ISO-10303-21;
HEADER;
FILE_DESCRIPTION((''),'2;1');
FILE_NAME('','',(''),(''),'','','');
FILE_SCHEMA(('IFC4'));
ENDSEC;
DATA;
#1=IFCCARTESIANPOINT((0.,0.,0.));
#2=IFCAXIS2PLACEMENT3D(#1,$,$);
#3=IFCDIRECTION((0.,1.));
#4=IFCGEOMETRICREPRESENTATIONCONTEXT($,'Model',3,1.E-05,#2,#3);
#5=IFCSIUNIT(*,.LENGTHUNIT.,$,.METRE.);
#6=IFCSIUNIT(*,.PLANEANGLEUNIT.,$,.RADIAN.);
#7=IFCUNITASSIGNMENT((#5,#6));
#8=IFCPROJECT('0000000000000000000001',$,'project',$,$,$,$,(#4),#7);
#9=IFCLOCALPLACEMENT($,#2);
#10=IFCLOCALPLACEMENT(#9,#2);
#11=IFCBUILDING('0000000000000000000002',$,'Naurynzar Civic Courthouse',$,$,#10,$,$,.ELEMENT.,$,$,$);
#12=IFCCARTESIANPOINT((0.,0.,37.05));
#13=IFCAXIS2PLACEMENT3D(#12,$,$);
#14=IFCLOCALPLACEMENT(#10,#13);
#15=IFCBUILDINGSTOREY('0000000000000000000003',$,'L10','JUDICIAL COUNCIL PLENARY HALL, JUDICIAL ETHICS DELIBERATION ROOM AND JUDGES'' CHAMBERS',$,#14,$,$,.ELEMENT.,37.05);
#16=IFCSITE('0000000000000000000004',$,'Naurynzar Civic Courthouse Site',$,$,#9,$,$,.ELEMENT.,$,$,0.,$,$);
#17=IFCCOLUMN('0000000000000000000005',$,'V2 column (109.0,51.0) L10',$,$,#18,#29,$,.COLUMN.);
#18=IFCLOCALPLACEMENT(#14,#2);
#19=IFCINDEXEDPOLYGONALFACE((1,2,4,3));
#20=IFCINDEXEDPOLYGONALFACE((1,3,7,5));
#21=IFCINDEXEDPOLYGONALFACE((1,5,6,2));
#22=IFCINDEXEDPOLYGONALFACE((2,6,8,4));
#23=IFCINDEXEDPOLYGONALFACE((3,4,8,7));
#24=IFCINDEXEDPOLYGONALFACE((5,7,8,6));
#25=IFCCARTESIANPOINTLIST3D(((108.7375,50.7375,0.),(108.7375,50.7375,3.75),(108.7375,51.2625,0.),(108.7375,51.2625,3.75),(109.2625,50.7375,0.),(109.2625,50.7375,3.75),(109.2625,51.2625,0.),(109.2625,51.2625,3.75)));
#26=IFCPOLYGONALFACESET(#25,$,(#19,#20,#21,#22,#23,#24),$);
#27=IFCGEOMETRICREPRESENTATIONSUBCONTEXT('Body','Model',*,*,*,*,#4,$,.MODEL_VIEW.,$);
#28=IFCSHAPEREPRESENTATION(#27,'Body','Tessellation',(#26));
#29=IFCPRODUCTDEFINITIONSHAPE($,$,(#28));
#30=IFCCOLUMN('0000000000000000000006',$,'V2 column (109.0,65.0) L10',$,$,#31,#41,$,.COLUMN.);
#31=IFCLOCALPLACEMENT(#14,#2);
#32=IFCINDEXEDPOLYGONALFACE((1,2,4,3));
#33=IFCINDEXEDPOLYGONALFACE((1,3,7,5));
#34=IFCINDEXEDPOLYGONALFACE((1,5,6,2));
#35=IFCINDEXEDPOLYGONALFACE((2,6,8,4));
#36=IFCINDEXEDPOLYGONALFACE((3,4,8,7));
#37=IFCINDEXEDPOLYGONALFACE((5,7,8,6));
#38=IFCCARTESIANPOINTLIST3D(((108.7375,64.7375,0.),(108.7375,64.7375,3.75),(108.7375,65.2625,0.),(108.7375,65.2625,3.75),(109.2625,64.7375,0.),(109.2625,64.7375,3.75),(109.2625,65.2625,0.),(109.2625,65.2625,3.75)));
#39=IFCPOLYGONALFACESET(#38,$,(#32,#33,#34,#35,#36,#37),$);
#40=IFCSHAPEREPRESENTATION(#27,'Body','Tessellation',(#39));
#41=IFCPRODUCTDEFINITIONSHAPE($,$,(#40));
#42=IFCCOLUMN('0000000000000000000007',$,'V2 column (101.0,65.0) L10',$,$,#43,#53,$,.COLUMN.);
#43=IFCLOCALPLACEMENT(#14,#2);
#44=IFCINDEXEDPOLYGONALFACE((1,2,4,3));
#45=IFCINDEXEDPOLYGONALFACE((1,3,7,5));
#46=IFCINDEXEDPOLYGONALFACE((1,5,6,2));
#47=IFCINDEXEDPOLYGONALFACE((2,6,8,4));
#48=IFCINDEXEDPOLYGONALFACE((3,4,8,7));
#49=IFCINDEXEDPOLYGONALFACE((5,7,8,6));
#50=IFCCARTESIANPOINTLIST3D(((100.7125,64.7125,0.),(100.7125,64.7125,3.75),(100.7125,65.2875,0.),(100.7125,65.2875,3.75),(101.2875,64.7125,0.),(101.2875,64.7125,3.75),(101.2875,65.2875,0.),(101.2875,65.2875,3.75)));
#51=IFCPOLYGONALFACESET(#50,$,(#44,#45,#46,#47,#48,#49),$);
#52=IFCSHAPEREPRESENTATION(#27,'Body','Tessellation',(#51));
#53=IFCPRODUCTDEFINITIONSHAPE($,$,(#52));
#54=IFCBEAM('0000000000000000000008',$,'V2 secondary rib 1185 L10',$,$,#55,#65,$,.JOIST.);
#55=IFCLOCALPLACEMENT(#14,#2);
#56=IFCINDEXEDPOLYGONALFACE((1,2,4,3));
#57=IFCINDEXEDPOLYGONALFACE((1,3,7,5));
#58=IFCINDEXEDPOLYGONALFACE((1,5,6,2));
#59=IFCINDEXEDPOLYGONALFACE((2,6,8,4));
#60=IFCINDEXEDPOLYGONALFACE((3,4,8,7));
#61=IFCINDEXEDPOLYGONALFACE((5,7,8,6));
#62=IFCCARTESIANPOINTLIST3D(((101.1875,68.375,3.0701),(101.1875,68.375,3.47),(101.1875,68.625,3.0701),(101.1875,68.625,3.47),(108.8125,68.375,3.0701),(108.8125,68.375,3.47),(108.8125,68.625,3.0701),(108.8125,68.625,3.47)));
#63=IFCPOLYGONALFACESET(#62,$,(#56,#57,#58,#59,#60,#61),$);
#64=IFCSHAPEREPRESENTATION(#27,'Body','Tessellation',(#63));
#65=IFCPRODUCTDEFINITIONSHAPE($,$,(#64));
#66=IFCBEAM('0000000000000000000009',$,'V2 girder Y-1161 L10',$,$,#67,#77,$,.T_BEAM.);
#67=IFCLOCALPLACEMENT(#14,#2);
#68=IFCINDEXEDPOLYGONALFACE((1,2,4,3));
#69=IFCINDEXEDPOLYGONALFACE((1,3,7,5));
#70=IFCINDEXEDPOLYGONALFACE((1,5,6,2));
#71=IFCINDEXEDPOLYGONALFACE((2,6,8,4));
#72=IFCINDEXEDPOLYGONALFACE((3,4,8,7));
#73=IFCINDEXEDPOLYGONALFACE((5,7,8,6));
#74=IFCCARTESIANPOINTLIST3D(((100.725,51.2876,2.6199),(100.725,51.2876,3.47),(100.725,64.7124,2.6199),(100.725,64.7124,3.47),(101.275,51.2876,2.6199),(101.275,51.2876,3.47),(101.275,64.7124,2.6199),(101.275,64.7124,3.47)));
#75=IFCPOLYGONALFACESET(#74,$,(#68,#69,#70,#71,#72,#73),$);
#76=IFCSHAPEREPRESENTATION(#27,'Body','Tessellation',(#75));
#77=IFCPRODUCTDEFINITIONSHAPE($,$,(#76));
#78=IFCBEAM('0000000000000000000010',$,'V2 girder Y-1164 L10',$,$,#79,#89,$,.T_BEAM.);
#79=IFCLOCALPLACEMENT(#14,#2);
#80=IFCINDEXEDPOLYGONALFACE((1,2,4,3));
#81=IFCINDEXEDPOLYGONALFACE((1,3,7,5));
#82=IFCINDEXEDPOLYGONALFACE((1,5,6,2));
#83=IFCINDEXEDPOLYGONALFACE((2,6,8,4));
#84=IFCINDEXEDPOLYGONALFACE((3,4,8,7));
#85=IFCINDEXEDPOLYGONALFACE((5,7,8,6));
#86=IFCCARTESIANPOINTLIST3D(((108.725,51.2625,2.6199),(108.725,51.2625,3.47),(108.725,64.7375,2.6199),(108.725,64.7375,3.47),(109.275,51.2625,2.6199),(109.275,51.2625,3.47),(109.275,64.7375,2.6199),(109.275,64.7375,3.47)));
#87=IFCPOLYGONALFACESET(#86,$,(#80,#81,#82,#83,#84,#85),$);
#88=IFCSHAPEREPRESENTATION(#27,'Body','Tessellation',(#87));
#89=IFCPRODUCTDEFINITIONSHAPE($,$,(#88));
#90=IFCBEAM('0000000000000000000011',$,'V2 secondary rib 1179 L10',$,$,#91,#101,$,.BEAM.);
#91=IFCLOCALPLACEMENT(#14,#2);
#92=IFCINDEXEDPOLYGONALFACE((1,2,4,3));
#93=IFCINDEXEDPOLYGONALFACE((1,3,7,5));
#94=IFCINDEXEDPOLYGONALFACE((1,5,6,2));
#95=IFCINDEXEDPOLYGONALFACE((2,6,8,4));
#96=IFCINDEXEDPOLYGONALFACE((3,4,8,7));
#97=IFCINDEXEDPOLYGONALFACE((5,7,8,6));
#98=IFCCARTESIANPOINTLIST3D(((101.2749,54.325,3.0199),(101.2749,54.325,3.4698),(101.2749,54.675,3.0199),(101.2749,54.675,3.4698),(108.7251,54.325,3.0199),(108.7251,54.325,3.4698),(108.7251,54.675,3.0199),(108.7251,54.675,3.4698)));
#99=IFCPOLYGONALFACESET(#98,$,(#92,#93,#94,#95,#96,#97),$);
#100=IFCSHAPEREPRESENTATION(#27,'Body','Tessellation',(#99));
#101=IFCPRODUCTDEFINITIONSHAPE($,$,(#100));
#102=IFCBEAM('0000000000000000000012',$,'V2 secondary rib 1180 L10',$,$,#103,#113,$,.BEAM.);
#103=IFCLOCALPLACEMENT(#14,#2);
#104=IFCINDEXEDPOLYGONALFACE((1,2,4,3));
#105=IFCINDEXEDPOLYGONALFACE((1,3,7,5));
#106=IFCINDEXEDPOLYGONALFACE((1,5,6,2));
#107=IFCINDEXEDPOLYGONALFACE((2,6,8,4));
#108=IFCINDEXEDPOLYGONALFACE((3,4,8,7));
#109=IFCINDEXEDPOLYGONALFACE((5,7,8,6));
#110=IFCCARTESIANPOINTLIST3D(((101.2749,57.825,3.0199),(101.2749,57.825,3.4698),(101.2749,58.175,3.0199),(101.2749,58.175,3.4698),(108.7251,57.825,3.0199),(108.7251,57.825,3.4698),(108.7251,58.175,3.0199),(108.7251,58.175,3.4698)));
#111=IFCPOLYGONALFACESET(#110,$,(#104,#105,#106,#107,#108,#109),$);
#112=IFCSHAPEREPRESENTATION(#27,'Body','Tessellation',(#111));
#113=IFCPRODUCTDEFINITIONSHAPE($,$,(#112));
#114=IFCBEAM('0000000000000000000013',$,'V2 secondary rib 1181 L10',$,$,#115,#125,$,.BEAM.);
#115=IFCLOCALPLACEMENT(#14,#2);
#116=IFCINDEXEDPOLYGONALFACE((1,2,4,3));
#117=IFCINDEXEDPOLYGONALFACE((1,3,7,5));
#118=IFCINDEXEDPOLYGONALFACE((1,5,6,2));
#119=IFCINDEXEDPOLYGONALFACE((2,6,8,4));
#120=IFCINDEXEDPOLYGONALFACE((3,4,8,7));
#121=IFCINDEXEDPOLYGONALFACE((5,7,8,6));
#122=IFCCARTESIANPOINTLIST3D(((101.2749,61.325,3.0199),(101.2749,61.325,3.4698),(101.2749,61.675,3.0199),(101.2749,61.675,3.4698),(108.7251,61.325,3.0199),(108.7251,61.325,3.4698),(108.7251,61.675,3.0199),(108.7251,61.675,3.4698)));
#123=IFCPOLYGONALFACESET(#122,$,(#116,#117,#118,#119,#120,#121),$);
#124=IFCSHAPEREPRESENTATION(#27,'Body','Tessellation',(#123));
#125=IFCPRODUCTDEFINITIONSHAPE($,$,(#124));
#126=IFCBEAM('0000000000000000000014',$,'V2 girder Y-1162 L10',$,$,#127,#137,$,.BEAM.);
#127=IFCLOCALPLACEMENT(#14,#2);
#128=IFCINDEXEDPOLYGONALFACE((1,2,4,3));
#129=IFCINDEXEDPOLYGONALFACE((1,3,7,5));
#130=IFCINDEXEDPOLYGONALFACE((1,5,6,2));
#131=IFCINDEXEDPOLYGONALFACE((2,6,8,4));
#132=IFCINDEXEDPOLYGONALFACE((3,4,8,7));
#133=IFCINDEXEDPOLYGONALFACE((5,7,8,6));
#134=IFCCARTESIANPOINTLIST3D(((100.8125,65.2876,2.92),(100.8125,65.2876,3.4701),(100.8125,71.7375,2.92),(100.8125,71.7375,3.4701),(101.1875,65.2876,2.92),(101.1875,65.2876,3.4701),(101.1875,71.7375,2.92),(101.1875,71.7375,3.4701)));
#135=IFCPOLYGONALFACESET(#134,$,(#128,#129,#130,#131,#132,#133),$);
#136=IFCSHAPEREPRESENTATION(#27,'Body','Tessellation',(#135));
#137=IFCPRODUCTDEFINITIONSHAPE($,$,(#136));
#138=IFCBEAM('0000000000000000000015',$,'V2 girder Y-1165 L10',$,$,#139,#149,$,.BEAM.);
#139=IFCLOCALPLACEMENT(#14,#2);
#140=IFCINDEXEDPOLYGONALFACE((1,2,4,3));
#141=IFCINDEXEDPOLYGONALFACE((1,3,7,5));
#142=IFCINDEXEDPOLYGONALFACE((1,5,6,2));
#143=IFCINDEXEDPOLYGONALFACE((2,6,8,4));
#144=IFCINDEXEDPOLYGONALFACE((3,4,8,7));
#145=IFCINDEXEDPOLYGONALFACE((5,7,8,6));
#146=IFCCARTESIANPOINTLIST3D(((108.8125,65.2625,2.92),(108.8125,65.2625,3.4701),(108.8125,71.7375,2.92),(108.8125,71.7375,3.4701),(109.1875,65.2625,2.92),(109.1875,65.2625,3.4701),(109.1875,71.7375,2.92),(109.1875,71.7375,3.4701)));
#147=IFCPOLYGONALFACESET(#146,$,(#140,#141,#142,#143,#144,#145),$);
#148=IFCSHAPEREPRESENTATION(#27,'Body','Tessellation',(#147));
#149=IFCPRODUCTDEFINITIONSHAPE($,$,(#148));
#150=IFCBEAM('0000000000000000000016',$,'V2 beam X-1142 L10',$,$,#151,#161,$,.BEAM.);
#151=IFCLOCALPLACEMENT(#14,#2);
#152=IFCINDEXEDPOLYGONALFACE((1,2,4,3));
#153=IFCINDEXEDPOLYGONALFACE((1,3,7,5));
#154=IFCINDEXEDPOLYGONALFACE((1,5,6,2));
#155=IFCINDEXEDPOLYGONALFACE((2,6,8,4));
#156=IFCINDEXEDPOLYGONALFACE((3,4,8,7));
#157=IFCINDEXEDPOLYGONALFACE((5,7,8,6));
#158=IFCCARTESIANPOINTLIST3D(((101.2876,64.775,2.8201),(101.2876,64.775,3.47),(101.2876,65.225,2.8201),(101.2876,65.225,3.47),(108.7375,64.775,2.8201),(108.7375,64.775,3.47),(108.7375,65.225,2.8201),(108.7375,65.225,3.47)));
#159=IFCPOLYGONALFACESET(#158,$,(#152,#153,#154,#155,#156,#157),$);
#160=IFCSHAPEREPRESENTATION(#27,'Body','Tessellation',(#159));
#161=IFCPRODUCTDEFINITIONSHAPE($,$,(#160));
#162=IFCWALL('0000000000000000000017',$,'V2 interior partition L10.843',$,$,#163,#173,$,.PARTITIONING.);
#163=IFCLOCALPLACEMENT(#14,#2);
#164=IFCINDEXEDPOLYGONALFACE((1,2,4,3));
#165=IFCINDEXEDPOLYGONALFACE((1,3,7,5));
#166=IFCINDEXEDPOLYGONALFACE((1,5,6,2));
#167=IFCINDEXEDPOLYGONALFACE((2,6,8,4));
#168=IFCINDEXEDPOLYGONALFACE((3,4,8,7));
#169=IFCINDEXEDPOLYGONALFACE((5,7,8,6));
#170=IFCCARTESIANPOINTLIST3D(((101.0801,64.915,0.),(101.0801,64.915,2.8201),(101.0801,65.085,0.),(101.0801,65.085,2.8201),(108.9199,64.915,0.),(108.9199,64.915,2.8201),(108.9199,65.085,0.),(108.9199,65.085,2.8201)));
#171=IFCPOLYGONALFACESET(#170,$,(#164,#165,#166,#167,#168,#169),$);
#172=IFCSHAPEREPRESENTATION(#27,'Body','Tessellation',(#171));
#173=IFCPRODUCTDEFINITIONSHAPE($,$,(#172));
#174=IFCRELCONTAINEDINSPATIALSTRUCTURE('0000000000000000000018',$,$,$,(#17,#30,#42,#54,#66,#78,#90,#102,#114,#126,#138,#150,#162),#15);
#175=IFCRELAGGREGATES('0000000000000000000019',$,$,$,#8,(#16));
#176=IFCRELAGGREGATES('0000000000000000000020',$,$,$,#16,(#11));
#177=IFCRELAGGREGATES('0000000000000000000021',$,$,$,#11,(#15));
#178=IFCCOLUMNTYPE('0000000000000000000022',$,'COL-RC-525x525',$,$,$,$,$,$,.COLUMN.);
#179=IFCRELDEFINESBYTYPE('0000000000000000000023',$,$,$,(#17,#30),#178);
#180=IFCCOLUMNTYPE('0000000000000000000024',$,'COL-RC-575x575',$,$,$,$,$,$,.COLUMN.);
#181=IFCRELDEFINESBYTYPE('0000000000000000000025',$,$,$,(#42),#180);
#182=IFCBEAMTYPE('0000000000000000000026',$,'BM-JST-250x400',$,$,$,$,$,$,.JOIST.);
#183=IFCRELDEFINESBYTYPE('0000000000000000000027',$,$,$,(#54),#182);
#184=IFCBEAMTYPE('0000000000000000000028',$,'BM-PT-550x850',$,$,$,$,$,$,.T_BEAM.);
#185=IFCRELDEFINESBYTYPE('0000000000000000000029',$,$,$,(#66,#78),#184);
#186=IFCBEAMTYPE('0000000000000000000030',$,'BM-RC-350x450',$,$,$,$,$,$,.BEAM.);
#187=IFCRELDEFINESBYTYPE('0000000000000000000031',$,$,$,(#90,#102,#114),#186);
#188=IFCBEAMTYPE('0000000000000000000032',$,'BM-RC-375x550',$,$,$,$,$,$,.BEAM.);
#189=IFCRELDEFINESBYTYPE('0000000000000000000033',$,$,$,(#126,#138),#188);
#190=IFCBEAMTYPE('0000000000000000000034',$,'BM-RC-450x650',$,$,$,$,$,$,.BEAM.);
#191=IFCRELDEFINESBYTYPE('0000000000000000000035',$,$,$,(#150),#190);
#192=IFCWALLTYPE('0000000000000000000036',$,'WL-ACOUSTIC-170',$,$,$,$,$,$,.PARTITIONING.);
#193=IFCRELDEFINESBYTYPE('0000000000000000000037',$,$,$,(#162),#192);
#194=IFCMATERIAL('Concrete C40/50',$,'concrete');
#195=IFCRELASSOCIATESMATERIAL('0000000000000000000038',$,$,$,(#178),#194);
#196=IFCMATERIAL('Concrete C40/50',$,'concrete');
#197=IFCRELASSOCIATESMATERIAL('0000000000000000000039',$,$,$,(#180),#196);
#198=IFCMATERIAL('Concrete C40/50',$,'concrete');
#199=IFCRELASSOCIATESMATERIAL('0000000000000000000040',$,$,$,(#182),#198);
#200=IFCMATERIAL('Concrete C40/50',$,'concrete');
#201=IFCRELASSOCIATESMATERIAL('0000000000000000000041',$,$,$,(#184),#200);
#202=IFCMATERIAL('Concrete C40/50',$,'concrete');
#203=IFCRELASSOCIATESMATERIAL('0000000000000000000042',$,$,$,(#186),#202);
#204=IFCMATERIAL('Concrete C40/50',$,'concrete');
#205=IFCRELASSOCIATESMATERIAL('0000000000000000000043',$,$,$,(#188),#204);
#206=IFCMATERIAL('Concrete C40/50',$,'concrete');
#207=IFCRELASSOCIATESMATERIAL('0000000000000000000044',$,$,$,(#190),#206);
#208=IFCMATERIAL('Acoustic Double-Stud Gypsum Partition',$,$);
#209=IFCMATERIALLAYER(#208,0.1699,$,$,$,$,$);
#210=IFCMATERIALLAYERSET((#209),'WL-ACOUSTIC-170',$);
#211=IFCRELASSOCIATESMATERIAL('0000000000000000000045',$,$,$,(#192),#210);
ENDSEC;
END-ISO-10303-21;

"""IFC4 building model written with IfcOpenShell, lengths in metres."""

from ifc_helpers import new_model, si_unit, direction, frame, frame_2d, origin, origin_2d, place, context, subcontext, project, spatial, rectangle, extrude, material, layer, layer_set, material_profile, profile_set, type_object, element, save


model = new_model("IFC4")

# Units and contexts
model_context = context("Model", 3, precision=1e-05, world=origin(), true_north=direction((0.0, 1.0)))
body_context = subcontext(model_context, "Body", "Model", "MODEL_VIEW")
ifc_project = project(units=[si_unit("LENGTHUNIT", "METRE"), si_unit("PLANEANGLEUNIT", "RADIAN")], contexts=[model_context])

# Site, building, storey
site_placement = place(None, origin())
site = spatial("IfcSite", under=ifc_project, at=site_placement, Name="Naurynzar Civic Courthouse Site", CompositionType="ELEMENT", RefElevation=0.0)
building_placement = place(site_placement, origin())
building = spatial("IfcBuilding", under=site, at=building_placement, Name="Naurynzar Civic Courthouse", CompositionType="ELEMENT")
storey_placement = place(building_placement, frame((0.0, 0.0, 37.05)))
storey = spatial("IfcBuildingStorey", under=building, at=storey_placement, Name="L10", Description="JUDICIAL COUNCIL PLENARY HALL, JUDICIAL ETHICS DELIBERATION ROOM AND JUDGES' CHAMBERS", CompositionType="ELEMENT", Elevation=37.05)

# Columns
ifc_material_1 = material(Name="Concrete C40/50", Category="concrete")
ifc_material_profile_1 = material_profile(ifc_material_1, rectangle(XDim=0.5249, YDim=0.5249, at=origin_2d()), Name="RC 525x525")
ifc_profile_set_1 = profile_set([ifc_material_profile_1], Name="Concrete C40/50")
column_type_1 = type_object("IfcColumnType", Name="COL-RC-525x525", PredefinedType="COLUMN", material=ifc_profile_set_1)
for number, where, z_axis, x_axis, name in (
    (1, (109.0, 51.0, 0.0), (0.0, 0.0, 1.0), (1.0, 0.0, 0.0), "V2 column (109.0,51.0) L10"),
    (2, (109.0, 65.0, 0.0), (0.0, 0.0, 1.0), (1.0, 0.0, 0.0), "V2 column (109.0,65.0) L10"),
):
    element("IfcColumn", number, at=place(storey_placement, frame(where, z_axis=z_axis, x_axis=x_axis)), inside=storey, type_object=column_type_1, Name=name, PredefinedType="COLUMN", context=body_context, shape_type="SweptSolid", body=[
        extrude(rectangle(XDim=0.5249, YDim=0.5249, at=origin_2d()), origin(), (0.0, 0.0, 1.0), 3.75),
    ])
ifc_material_2 = material(Name="Concrete C40/50", Category="concrete")
ifc_material_profile_2 = material_profile(ifc_material_2, rectangle(XDim=0.575, YDim=0.575, at=origin_2d()), Name="RC 575x575")
ifc_profile_set_2 = profile_set([ifc_material_profile_2], Name="Concrete C40/50")
column_type_2 = type_object("IfcColumnType", Name="COL-RC-575x575", PredefinedType="COLUMN", material=ifc_profile_set_2)
column_placement = place(storey_placement, frame((101.0, 65.0, 0.0), z_axis=(0.0, 0.0, 1.0), x_axis=(1.0, 0.0, 0.0)))
element("IfcColumn", 3, at=column_placement, inside=storey, type_object=column_type_2, Name="V2 column (101.0,65.0) L10", PredefinedType="COLUMN", context=body_context, shape_type="SweptSolid", body=[
    extrude(rectangle(XDim=0.575, YDim=0.575, at=origin_2d()), origin(), (0.0, 0.0, 1.0), 3.75),
])

# Beams
ifc_material_3 = material(Name="Concrete C40/50", Category="concrete")
ifc_material_profile_3 = material_profile(ifc_material_3, rectangle(XDim=0.25, YDim=0.3999, at=origin_2d()), Name="RCB 250x400")
ifc_profile_set_3 = profile_set([ifc_material_profile_3], Name="Concrete C40/50")
beam_type_1 = type_object("IfcBeamType", Name="BM-JST-250x400", PredefinedType="JOIST", material=ifc_profile_set_3)
beam_1_placement = place(storey_placement, frame((101.1875, 68.5, 3.27), z_axis=(1.0, 0.0, 0.0), x_axis=(0.0, 1.0, 0.0)))
element("IfcBeam", 4, at=beam_1_placement, inside=storey, type_object=beam_type_1, Name="V2 secondary rib 1185 L10", PredefinedType="JOIST", context=body_context, shape_type="SweptSolid", body=[
    extrude(rectangle(XDim=0.25, YDim=0.3999, at=origin_2d()), origin(), (0.0, 0.0, 1.0), 7.625),
])
ifc_material_4 = material(Name="Concrete C40/50", Category="concrete")
ifc_material_profile_4 = material_profile(ifc_material_4, rectangle(XDim=0.55, YDim=0.8501, at=origin_2d()), Name="PTB 550x850")
ifc_profile_set_4 = profile_set([ifc_material_profile_4], Name="Concrete C40/50")
beam_type_2 = type_object("IfcBeamType", Name="BM-PT-550x850", PredefinedType="T_BEAM", material=ifc_profile_set_4)
beam_2_placement = place(storey_placement, frame((101.0, 51.2876, 3.0449), z_axis=(0.0, 1.0, 0.0), x_axis=(-1.0, 0.0, 0.0)))
element("IfcBeam", 5, at=beam_2_placement, inside=storey, type_object=beam_type_2, Name="V2 girder Y-1161 L10", PredefinedType="T_BEAM", context=body_context, shape_type="SweptSolid", body=[
    extrude(rectangle(XDim=0.55, YDim=0.8501, at=origin_2d()), origin(), (0.0, 0.0, 1.0), 13.4248),
])
beam_3_placement = place(storey_placement, frame((109.0, 51.2625, 3.0449), z_axis=(0.0, 1.0, 0.0), x_axis=(-1.0, 0.0, 0.0)))
element("IfcBeam", 6, at=beam_3_placement, inside=storey, type_object=beam_type_2, Name="V2 girder Y-1164 L10", PredefinedType="T_BEAM", context=body_context, shape_type="SweptSolid", body=[
    extrude(rectangle(XDim=0.55, YDim=0.8501, at=origin_2d()), origin(), (0.0, 0.0, 1.0), 13.4751),
])
ifc_material_5 = material(Name="Concrete C40/50", Category="concrete")
ifc_material_profile_5 = material_profile(ifc_material_5, rectangle(XDim=0.3501, YDim=0.45, at=origin_2d()), Name="RCB 350x450")
ifc_profile_set_5 = profile_set([ifc_material_profile_5], Name="Concrete C40/50")
beam_type_3 = type_object("IfcBeamType", Name="BM-RC-350x450", PredefinedType="BEAM", material=ifc_profile_set_5)
for number, where, z_axis, x_axis, name in (
    (7, (101.2749, 54.5, 3.2449), (1.0, 0.0, 0.0), (0.0, 1.0, 0.0), "V2 secondary rib 1179 L10"),
    (8, (101.2749, 58.0, 3.2449), (1.0, 0.0, 0.0), (0.0, 1.0, 0.0), "V2 secondary rib 1180 L10"),
    (9, (101.2749, 61.5, 3.2449), (1.0, 0.0, 0.0), (0.0, 1.0, 0.0), "V2 secondary rib 1181 L10"),
):
    element("IfcBeam", number, at=place(storey_placement, frame(where, z_axis=z_axis, x_axis=x_axis)), inside=storey, type_object=beam_type_3, Name=name, PredefinedType="BEAM", context=body_context, shape_type="SweptSolid", body=[
        extrude(rectangle(XDim=0.3501, YDim=0.45, at=origin_2d()), origin(), (0.0, 0.0, 1.0), 7.4502),
    ])
ifc_material_6 = material(Name="Concrete C40/50", Category="concrete")
ifc_material_profile_6 = material_profile(ifc_material_6, rectangle(XDim=0.375, YDim=0.55, at=origin_2d()), Name="RCB 375x550")
ifc_profile_set_6 = profile_set([ifc_material_profile_6], Name="Concrete C40/50")
beam_type_4 = type_object("IfcBeamType", Name="BM-RC-375x550", PredefinedType="BEAM", material=ifc_profile_set_6)
beam_4_placement = place(storey_placement, frame((101.0, 65.2876, 3.1951), z_axis=(0.0, 1.0, 0.0), x_axis=(-1.0, 0.0, 0.0)))
element("IfcBeam", 10, at=beam_4_placement, inside=storey, type_object=beam_type_4, Name="V2 girder Y-1162 L10", PredefinedType="BEAM", context=body_context, shape_type="SweptSolid", body=[
    extrude(rectangle(XDim=0.375, YDim=0.55, at=origin_2d()), origin(), (0.0, 0.0, 1.0), 6.45),
])
beam_5_placement = place(storey_placement, frame((109.0, 65.2625, 3.1951), z_axis=(0.0, 1.0, 0.0), x_axis=(-1.0, 0.0, 0.0)))
element("IfcBeam", 11, at=beam_5_placement, inside=storey, type_object=beam_type_4, Name="V2 girder Y-1165 L10", PredefinedType="BEAM", context=body_context, shape_type="SweptSolid", body=[
    extrude(rectangle(XDim=0.375, YDim=0.55, at=origin_2d()), origin(), (0.0, 0.0, 1.0), 6.4751),
])
ifc_material_7 = material(Name="Concrete C40/50", Category="concrete")
ifc_material_profile_7 = material_profile(ifc_material_7, rectangle(XDim=0.45, YDim=0.6499, at=origin_2d()), Name="RCB 450x650")
ifc_profile_set_7 = profile_set([ifc_material_profile_7], Name="Concrete C40/50")
beam_type_5 = type_object("IfcBeamType", Name="BM-RC-450x650", PredefinedType="BEAM", material=ifc_profile_set_7)
beam_6_placement = place(storey_placement, frame((101.2876, 65.0, 3.145), z_axis=(1.0, 0.0, 0.0), x_axis=(0.0, 1.0, 0.0)))
element("IfcBeam", 12, at=beam_6_placement, inside=storey, type_object=beam_type_5, Name="V2 beam X-1142 L10", PredefinedType="BEAM", context=body_context, shape_type="SweptSolid", body=[
    extrude(rectangle(XDim=0.45, YDim=0.6499, at=origin_2d()), origin(), (0.0, 0.0, 1.0), 7.45),
])

# Wall
ifc_material_8 = material(Name="Acoustic Double-Stud Gypsum Partition")
ifc_layer_1 = layer(ifc_material_8, 0.1699)
ifc_layer_set_1 = layer_set([ifc_layer_1], Name="WL-ACOUSTIC-170")
wall_type_1 = type_object("IfcWallType", Name="WL-ACOUSTIC-170", PredefinedType="PARTITIONING", material=ifc_layer_set_1)
wall_1_placement = place(storey_placement, frame((101.0801, 65.0, 0.0), z_axis=(0.0, 0.0, 1.0), x_axis=(1.0, 0.0, 0.0)))
element("IfcWall", 13, at=wall_1_placement, inside=storey, type_object=wall_type_1, Name="V2 interior partition L10.843", PredefinedType="PARTITIONING", context=body_context, shape_type="SweptSolid", body=[
    extrude(rectangle(XDim=7.8398, YDim=0.1699, at=frame_2d((3.9199, 0.0))), origin(), (0.0, 0.0, 1.0), 2.8201),
])

save(model, "model.ifc")
